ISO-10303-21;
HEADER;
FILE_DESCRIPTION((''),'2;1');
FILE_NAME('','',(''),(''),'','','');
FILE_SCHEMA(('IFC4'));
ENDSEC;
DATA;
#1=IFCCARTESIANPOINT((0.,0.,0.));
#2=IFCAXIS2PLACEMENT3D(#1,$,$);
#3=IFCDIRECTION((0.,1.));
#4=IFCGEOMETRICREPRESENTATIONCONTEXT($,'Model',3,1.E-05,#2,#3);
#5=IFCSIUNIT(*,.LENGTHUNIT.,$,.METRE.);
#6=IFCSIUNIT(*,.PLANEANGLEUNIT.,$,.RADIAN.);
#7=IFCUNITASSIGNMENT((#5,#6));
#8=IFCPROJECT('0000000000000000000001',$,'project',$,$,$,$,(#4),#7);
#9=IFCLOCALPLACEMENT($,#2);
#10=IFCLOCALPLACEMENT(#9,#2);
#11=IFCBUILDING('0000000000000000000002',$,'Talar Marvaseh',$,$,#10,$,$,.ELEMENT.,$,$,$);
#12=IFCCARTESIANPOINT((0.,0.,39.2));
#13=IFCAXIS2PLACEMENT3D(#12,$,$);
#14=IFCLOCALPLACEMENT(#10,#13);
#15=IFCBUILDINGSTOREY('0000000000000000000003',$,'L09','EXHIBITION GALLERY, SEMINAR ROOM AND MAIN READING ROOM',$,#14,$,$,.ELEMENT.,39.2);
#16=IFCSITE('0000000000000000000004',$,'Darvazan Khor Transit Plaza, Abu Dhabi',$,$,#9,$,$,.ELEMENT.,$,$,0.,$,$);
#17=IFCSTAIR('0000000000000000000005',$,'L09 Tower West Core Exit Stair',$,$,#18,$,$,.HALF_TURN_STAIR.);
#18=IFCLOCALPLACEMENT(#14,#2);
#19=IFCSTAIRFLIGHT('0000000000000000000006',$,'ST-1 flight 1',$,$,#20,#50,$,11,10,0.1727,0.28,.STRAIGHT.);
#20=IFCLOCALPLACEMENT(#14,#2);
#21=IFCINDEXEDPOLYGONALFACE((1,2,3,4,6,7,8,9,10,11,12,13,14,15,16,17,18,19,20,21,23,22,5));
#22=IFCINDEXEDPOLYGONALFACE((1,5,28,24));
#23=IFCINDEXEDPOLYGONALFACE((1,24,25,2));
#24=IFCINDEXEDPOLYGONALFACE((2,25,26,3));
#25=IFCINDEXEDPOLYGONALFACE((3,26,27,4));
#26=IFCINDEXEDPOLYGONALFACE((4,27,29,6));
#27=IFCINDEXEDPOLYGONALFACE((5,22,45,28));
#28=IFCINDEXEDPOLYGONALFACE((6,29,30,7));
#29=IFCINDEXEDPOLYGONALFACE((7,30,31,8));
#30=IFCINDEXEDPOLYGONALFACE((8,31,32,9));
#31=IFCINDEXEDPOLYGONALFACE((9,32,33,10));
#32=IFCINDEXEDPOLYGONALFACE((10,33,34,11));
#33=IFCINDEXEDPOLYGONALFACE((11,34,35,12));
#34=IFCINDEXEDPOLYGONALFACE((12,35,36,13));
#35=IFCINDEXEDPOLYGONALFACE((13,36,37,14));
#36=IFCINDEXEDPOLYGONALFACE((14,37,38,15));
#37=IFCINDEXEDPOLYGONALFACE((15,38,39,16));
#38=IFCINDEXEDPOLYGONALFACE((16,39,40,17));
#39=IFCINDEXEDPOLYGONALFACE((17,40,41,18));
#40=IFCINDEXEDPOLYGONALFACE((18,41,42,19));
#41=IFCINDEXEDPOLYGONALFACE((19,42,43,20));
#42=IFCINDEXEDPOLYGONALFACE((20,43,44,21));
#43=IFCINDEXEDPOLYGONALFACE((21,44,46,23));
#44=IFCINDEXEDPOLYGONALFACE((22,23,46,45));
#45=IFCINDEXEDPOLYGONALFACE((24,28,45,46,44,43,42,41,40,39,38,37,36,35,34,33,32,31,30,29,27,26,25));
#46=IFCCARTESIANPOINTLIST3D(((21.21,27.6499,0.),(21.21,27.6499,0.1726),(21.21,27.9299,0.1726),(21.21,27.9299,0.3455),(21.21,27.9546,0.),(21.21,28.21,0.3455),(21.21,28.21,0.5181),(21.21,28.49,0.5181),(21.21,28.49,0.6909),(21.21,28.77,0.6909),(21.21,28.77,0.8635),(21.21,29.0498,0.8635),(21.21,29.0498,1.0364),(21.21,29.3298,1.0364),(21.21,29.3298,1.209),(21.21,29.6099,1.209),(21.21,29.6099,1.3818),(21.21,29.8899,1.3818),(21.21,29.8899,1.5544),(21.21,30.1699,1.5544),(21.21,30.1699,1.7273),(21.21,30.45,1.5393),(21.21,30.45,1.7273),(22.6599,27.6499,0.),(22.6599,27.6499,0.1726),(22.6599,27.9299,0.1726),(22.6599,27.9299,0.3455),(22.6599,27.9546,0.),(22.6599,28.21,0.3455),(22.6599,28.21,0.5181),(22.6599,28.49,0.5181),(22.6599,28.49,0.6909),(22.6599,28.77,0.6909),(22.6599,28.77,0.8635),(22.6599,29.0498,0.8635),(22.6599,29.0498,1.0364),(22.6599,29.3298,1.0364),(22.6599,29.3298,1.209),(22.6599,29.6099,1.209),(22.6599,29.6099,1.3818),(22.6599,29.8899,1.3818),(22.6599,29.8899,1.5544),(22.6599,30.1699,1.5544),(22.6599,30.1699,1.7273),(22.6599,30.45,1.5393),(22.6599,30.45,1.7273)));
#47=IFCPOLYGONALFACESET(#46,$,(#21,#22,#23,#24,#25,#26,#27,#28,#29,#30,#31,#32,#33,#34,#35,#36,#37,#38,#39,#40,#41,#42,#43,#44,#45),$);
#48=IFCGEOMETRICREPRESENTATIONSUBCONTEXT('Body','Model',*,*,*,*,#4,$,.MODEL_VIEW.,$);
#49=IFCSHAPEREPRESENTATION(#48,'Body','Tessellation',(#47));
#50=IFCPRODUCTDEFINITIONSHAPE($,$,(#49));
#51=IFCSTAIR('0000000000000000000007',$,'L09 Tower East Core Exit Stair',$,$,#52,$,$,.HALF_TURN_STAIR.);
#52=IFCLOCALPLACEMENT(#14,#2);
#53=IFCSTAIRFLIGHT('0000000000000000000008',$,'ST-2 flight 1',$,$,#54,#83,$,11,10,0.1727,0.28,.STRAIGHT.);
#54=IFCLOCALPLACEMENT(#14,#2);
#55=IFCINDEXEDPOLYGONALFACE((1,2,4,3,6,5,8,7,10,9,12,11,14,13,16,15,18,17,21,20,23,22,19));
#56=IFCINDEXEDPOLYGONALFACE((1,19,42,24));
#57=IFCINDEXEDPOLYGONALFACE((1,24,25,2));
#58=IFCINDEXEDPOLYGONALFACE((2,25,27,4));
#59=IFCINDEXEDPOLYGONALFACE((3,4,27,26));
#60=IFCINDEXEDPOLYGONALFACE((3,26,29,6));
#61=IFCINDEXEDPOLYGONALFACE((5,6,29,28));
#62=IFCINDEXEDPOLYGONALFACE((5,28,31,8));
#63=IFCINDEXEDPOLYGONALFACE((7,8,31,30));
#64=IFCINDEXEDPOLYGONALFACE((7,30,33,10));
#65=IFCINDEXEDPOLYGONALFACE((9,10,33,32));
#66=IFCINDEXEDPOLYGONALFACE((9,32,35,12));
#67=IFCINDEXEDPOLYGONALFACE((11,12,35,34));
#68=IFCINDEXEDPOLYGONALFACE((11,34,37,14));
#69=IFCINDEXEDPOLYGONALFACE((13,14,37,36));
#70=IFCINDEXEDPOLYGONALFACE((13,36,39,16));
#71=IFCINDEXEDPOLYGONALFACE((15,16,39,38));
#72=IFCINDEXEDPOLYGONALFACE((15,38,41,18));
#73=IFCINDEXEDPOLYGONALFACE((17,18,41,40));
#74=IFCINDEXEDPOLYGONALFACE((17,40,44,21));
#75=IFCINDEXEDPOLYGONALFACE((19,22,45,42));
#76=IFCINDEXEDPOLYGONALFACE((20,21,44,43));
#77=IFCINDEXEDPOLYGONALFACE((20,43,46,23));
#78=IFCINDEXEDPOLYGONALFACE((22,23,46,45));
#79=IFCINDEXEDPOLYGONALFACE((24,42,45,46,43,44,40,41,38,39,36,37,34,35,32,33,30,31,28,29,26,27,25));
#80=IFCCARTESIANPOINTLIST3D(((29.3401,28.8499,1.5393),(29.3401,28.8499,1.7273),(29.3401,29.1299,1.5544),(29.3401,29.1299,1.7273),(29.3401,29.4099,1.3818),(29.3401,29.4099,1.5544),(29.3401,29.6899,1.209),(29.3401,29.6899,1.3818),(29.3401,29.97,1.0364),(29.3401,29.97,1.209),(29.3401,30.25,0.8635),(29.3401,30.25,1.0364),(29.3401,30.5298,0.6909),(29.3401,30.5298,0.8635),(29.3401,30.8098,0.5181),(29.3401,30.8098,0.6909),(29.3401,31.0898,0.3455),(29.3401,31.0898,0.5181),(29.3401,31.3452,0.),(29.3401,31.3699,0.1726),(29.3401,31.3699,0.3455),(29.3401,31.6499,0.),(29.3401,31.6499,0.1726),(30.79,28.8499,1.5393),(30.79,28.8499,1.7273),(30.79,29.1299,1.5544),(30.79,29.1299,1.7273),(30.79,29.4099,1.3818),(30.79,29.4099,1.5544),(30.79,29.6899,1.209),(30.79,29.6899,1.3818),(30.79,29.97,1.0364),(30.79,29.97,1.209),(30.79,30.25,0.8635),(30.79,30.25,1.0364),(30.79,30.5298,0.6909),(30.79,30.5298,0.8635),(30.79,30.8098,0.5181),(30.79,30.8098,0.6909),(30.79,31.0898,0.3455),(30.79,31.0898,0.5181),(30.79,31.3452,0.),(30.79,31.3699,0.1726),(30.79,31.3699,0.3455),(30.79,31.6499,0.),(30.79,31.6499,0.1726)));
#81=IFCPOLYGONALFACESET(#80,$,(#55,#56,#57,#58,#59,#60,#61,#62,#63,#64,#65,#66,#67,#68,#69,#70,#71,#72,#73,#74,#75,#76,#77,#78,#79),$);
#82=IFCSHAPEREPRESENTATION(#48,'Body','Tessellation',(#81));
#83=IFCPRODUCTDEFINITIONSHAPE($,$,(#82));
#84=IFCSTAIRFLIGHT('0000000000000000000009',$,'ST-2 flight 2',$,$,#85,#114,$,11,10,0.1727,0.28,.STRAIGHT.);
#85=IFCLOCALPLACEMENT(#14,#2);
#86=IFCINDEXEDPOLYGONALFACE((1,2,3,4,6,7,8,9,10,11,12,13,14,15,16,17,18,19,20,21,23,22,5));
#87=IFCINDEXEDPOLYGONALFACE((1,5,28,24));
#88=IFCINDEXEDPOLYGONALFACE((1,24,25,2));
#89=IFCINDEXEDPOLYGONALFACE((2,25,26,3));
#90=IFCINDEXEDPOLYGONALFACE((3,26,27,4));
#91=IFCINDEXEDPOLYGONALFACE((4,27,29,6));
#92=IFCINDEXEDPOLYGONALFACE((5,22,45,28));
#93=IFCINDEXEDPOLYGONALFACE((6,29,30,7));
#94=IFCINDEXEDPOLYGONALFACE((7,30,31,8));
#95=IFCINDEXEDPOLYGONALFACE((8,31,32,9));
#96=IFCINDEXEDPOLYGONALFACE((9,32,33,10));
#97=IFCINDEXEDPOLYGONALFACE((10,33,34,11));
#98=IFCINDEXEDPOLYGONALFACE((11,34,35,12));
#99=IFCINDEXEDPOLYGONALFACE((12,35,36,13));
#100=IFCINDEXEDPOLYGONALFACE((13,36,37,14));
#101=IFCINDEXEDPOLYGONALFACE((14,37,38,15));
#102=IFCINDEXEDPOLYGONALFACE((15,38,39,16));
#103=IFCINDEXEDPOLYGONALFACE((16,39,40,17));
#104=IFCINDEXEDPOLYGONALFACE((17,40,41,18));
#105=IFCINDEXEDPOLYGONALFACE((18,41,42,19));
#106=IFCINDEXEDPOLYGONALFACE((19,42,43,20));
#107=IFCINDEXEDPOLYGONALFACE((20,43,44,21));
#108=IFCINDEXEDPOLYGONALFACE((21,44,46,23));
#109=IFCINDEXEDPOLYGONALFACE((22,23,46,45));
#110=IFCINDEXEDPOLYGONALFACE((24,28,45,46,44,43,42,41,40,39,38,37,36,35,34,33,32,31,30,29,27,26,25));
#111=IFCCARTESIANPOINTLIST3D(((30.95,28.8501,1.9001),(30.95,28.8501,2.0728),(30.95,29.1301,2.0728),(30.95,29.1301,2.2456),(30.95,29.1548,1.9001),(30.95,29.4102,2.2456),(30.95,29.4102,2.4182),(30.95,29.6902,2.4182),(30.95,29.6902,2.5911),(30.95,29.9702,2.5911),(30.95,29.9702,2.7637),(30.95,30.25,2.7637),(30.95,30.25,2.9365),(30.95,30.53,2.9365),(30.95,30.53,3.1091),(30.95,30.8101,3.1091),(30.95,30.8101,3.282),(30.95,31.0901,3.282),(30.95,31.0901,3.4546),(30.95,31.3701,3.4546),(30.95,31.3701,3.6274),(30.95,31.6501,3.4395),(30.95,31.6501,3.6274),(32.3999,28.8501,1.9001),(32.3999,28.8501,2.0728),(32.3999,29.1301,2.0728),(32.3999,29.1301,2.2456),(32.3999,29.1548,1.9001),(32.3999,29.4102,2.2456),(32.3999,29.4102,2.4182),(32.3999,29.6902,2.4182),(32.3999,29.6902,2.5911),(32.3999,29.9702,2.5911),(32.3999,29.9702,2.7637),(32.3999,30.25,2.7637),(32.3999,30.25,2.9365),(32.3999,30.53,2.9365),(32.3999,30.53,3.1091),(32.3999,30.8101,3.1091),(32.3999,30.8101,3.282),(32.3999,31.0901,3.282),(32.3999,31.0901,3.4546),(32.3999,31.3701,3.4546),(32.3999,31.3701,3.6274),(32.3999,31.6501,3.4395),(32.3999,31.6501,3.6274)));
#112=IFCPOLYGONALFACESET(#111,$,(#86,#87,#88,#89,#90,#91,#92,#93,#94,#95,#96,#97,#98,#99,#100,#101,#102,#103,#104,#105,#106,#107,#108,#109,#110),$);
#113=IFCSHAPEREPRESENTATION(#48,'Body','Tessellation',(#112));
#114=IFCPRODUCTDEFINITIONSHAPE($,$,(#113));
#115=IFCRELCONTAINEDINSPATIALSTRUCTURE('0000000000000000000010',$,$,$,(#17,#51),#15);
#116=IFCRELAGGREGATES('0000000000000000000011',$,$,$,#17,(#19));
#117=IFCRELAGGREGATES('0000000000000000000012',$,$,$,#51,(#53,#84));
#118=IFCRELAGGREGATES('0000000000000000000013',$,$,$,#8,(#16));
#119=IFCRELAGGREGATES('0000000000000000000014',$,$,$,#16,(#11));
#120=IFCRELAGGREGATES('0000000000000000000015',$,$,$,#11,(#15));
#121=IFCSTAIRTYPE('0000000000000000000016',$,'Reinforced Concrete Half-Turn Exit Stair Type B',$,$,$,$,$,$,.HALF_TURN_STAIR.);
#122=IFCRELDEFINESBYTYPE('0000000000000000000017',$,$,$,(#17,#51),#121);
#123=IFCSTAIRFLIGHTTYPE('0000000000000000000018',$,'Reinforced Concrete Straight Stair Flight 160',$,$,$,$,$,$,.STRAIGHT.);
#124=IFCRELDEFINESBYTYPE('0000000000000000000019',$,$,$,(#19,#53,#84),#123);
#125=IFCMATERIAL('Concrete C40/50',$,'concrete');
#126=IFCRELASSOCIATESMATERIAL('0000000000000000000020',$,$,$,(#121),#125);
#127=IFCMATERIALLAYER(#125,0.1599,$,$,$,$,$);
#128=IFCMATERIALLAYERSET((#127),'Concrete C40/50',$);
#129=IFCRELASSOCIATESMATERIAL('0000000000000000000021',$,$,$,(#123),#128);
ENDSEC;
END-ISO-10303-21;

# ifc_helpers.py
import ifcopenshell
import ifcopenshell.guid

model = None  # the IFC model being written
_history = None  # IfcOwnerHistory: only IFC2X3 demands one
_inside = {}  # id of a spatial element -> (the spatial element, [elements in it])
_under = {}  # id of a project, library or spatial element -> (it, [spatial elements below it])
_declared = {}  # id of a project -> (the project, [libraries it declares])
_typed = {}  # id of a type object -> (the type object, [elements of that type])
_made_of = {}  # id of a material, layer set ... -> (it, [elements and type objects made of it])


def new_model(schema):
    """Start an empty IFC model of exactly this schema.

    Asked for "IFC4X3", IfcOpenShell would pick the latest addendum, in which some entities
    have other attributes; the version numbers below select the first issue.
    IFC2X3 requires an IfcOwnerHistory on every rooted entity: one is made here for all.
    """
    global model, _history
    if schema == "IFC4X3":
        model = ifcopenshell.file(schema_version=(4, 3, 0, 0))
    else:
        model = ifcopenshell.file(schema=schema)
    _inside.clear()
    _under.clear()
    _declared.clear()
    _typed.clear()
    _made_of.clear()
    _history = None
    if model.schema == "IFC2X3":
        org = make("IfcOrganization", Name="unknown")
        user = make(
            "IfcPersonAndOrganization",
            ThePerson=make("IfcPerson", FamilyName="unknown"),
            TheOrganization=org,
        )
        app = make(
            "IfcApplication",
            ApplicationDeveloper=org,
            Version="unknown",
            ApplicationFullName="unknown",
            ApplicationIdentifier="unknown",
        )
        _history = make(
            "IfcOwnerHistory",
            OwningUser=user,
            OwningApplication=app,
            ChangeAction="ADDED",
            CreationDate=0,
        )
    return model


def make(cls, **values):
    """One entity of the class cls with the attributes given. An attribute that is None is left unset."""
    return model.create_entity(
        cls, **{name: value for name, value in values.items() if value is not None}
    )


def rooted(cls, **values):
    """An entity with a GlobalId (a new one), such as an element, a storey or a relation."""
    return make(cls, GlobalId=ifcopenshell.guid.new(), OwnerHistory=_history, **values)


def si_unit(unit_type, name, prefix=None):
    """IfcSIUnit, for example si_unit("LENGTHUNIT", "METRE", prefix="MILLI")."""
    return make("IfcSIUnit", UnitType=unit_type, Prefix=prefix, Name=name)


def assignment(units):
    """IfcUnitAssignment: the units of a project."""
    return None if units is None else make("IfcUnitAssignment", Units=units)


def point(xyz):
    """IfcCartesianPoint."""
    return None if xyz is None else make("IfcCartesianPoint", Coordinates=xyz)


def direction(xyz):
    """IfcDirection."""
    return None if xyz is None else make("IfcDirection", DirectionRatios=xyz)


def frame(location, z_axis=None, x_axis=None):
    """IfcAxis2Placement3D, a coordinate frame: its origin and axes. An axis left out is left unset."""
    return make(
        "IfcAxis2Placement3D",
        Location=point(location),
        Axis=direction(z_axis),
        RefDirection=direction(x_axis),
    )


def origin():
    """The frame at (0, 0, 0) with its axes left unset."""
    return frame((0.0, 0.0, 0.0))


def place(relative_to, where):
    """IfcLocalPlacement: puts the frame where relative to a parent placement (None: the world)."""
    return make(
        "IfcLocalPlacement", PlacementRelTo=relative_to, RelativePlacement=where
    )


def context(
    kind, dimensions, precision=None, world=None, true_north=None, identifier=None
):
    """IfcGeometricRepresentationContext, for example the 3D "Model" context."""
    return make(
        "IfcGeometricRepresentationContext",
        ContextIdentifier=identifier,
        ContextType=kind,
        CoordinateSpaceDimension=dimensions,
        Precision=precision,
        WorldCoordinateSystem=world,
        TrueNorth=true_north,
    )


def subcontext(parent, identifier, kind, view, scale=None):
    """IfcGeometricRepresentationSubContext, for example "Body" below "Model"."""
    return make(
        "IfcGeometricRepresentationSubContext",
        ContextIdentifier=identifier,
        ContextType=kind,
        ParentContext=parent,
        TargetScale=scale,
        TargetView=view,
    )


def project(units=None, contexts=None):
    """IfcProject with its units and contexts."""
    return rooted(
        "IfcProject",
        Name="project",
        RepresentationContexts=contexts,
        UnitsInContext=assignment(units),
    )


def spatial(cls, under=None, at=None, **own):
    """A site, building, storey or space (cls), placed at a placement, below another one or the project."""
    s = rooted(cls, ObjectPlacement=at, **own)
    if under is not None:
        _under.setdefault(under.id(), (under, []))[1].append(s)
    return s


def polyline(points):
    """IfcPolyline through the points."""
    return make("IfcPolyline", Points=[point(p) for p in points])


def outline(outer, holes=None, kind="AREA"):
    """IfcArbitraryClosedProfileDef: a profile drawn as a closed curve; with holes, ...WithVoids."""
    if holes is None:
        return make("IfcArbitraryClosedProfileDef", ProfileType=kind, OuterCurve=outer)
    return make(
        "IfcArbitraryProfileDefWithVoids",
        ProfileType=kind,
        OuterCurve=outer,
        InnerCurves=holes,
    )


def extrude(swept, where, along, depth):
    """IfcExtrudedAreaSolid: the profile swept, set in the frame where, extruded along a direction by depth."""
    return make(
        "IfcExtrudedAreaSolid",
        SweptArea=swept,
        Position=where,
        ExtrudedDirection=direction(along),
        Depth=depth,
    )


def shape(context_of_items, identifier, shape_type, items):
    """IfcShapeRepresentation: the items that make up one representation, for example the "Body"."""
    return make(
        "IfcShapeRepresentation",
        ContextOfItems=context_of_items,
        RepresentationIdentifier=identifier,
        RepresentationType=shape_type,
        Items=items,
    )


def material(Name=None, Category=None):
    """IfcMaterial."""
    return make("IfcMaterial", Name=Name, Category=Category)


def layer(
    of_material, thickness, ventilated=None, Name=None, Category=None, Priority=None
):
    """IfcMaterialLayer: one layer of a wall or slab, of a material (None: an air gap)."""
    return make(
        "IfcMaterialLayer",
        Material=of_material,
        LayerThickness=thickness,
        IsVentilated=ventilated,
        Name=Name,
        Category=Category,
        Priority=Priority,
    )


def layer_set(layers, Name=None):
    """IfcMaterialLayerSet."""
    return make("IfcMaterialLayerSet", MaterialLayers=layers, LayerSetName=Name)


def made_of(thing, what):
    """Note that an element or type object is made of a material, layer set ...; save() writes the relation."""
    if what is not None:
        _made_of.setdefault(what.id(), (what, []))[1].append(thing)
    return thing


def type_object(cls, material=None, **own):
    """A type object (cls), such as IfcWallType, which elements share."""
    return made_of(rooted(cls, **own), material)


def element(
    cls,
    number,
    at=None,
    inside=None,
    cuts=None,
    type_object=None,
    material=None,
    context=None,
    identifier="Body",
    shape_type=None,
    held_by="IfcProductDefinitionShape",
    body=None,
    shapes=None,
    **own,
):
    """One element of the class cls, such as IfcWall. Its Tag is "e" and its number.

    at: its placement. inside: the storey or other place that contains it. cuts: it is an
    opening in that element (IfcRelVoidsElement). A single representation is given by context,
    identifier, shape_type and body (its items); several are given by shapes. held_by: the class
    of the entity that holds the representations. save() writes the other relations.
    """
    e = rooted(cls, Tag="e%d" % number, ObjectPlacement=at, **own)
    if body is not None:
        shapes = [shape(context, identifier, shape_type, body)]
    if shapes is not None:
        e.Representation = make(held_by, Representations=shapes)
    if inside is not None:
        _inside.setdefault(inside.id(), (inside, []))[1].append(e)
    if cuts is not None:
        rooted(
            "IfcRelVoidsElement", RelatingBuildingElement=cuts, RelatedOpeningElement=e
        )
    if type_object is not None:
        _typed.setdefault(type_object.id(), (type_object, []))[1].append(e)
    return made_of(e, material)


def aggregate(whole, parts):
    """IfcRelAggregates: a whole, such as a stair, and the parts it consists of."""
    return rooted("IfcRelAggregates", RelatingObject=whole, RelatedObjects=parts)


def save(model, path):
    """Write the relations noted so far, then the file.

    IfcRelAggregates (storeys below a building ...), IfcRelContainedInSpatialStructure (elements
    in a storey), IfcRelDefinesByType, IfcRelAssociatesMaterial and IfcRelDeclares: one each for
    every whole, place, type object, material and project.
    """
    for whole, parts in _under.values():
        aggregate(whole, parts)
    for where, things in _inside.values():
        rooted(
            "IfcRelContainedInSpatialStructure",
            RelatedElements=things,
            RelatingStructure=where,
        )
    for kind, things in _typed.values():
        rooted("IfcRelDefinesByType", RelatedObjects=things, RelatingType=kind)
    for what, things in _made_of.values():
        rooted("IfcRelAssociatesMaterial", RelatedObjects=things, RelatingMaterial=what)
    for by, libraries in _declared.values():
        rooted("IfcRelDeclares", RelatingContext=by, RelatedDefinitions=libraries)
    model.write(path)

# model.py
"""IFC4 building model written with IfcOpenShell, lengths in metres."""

from ifc_helpers import new_model, si_unit, direction, frame, origin, place, context, subcontext, project, spatial, polyline, outline, extrude, material, layer, layer_set, type_object, element, aggregate, save


model = new_model("IFC4")

# Units and contexts
model_context = context("Model", 3, precision=1e-05, world=origin(), true_north=direction((0.0, 1.0)))
body_context = subcontext(model_context, "Body", "Model", "MODEL_VIEW")
ifc_project = project(units=[si_unit("LENGTHUNIT", "METRE"), si_unit("PLANEANGLEUNIT", "RADIAN")], contexts=[model_context])

# Site, building, storey
site_placement = place(None, origin())
site = spatial("IfcSite", under=ifc_project, at=site_placement, Name="Darvazan Khor Transit Plaza, Abu Dhabi", CompositionType="ELEMENT", RefElevation=0.0)
building_placement = place(site_placement, origin())
building = spatial("IfcBuilding", under=site, at=building_placement, Name="Talar Marvaseh", CompositionType="ELEMENT")
storey_placement = place(building_placement, frame((0.0, 0.0, 39.2)))
storey = spatial("IfcBuildingStorey", under=building, at=storey_placement, Name="L09", Description="EXHIBITION GALLERY, SEMINAR ROOM AND MAIN READING ROOM", CompositionType="ELEMENT", Elevation=39.2)

# Shared definitions
ifc_material_1 = material(Name="Concrete C40/50", Category="concrete")

# Stair, stair flight
stair_type = type_object("IfcStairType", Name="Reinforced Concrete Half-Turn Exit Stair Type B", PredefinedType="HALF_TURN_STAIR", material=ifc_material_1)
stair_1_placement = place(storey_placement, origin())
stair_1 = element("IfcStair", 1, at=stair_1_placement, inside=storey, type_object=stair_type, Name="L09 Tower West Core Exit Stair", PredefinedType="HALF_TURN_STAIR")
ifc_layer_1 = layer(ifc_material_1, 0.1599)
ifc_layer_set_1 = layer_set([ifc_layer_1], Name="Concrete C40/50")
stair_flight_type = type_object("IfcStairFlightType", Name="Reinforced Concrete Straight Stair Flight 160", PredefinedType="STRAIGHT", material=ifc_layer_set_1)
stair_flight_1_placement = place(storey_placement, frame((21.9351, 27.6499, 0.0), z_axis=(0.0, 0.0, 1.0), x_axis=(0.0, 1.0, 0.0)))
stair_flight_1 = element("IfcStairFlight", 2, at=stair_flight_1_placement, type_object=stair_flight_type, Name="ST-1 flight 1", NumberOfRisers=11, NumberOfTreads=10, PredefinedType="STRAIGHT", RiserHeight=0.1727, TreadLength=0.28, context=body_context, shape_type="SweptSolid", body=[
    extrude(outline(polyline([(0.0, 0.0), (0.0, 0.1726), (0.28, 0.1726), (0.28, 0.3455), (0.5601, 0.3455), (0.5601, 0.5181), (0.8401, 0.5181), (0.8401, 0.6909), (1.1201, 0.6909), (1.1201, 0.8635), (1.3999, 0.8635), (1.3999, 1.0364), (1.6799, 1.0364), (1.6799, 1.209), (1.96, 1.209), (1.96, 1.3818), (2.24, 1.3818), (2.24, 1.5544), (2.52, 1.5544), (2.52, 1.7273), (2.8, 1.7273), (2.8, 1.8999), (2.8, 1.5393), (0.3047, 0.0), (0.0, 0.0)])), frame((0.0, 0.7251, 0.0), z_axis=(0.0, -1.0, 0.0), x_axis=(1.0, 0.0, 0.0)), (0.0, 0.0, 1.0), 1.45),
])
aggregate(stair_1, [stair_flight_1])

# Stair, stair flights
stair_2_placement = place(storey_placement, origin())
stair_2 = element("IfcStair", 3, at=stair_2_placement, inside=storey, type_object=stair_type, Name="L09 Tower East Core Exit Stair", PredefinedType="HALF_TURN_STAIR")
stair_flight_2_placement = place(storey_placement, frame((30.0649, 31.6499, 0.0), z_axis=(0.0, 0.0, 1.0), x_axis=(0.0, -1.0, 0.0)))
stair_flight_2 = element("IfcStairFlight", 4, at=stair_flight_2_placement, type_object=stair_flight_type, Name="ST-2 flight 1", NumberOfRisers=11, NumberOfTreads=10, PredefinedType="STRAIGHT", RiserHeight=0.1727, TreadLength=0.28, context=body_context, shape_type="SweptSolid", body=[
    extrude(outline(polyline([(0.0, 0.0), (0.0, 0.1726), (0.28, 0.1726), (0.28, 0.3455), (0.5601, 0.3455), (0.5601, 0.5181), (0.8401, 0.5181), (0.8401, 0.6909), (1.1201, 0.6909), (1.1201, 0.8635), (1.3999, 0.8635), (1.3999, 1.0364), (1.6799, 1.0364), (1.6799, 1.209), (1.96, 1.209), (1.96, 1.3818), (2.24, 1.3818), (2.24, 1.5544), (2.52, 1.5544), (2.52, 1.7273), (2.8, 1.7273), (2.8, 1.8999), (2.8, 1.5393), (0.3047, 0.0), (0.0, 0.0)])), frame((0.0, 0.7251, 0.0), z_axis=(0.0, -1.0, 0.0), x_axis=(1.0, 0.0, 0.0)), (0.0, 0.0, 1.0), 1.45),
])
stair_flight_3_placement = place(storey_placement, frame((31.675, 28.8501, 1.9001), z_axis=(0.0, 0.0, 1.0), x_axis=(0.0, 1.0, 0.0)))
stair_flight_3 = element("IfcStairFlight", 5, at=stair_flight_3_placement, type_object=stair_flight_type, Name="ST-2 flight 2", NumberOfRisers=11, NumberOfTreads=10, PredefinedType="STRAIGHT", RiserHeight=0.1727, TreadLength=0.28, context=body_context, shape_type="SweptSolid", body=[
    extrude(outline(polyline([(0.0, 0.0), (0.0, 0.1726), (0.28, 0.1726), (0.28, 0.3455), (0.5601, 0.3455), (0.5601, 0.5181), (0.8401, 0.5181), (0.8401, 0.6909), (1.1201, 0.6909), (1.1201, 0.8635), (1.3999, 0.8635), (1.3999, 1.0364), (1.6799, 1.0364), (1.6799, 1.209), (1.96, 1.209), (1.96, 1.3818), (2.24, 1.3818), (2.24, 1.5544), (2.52, 1.5544), (2.52, 1.7273), (2.8, 1.7273), (2.8, 1.8999), (2.8, 1.5393), (0.3047, 0.0), (0.0, 0.0)])), frame((0.0, 0.7251, 0.0), z_axis=(0.0, -1.0, 0.0), x_axis=(1.0, 0.0, 0.0)), (0.0, 0.0, 1.0), 1.45),
])
aggregate(stair_2, [stair_flight_2, stair_flight_3])

save(model, "model.ifc")
